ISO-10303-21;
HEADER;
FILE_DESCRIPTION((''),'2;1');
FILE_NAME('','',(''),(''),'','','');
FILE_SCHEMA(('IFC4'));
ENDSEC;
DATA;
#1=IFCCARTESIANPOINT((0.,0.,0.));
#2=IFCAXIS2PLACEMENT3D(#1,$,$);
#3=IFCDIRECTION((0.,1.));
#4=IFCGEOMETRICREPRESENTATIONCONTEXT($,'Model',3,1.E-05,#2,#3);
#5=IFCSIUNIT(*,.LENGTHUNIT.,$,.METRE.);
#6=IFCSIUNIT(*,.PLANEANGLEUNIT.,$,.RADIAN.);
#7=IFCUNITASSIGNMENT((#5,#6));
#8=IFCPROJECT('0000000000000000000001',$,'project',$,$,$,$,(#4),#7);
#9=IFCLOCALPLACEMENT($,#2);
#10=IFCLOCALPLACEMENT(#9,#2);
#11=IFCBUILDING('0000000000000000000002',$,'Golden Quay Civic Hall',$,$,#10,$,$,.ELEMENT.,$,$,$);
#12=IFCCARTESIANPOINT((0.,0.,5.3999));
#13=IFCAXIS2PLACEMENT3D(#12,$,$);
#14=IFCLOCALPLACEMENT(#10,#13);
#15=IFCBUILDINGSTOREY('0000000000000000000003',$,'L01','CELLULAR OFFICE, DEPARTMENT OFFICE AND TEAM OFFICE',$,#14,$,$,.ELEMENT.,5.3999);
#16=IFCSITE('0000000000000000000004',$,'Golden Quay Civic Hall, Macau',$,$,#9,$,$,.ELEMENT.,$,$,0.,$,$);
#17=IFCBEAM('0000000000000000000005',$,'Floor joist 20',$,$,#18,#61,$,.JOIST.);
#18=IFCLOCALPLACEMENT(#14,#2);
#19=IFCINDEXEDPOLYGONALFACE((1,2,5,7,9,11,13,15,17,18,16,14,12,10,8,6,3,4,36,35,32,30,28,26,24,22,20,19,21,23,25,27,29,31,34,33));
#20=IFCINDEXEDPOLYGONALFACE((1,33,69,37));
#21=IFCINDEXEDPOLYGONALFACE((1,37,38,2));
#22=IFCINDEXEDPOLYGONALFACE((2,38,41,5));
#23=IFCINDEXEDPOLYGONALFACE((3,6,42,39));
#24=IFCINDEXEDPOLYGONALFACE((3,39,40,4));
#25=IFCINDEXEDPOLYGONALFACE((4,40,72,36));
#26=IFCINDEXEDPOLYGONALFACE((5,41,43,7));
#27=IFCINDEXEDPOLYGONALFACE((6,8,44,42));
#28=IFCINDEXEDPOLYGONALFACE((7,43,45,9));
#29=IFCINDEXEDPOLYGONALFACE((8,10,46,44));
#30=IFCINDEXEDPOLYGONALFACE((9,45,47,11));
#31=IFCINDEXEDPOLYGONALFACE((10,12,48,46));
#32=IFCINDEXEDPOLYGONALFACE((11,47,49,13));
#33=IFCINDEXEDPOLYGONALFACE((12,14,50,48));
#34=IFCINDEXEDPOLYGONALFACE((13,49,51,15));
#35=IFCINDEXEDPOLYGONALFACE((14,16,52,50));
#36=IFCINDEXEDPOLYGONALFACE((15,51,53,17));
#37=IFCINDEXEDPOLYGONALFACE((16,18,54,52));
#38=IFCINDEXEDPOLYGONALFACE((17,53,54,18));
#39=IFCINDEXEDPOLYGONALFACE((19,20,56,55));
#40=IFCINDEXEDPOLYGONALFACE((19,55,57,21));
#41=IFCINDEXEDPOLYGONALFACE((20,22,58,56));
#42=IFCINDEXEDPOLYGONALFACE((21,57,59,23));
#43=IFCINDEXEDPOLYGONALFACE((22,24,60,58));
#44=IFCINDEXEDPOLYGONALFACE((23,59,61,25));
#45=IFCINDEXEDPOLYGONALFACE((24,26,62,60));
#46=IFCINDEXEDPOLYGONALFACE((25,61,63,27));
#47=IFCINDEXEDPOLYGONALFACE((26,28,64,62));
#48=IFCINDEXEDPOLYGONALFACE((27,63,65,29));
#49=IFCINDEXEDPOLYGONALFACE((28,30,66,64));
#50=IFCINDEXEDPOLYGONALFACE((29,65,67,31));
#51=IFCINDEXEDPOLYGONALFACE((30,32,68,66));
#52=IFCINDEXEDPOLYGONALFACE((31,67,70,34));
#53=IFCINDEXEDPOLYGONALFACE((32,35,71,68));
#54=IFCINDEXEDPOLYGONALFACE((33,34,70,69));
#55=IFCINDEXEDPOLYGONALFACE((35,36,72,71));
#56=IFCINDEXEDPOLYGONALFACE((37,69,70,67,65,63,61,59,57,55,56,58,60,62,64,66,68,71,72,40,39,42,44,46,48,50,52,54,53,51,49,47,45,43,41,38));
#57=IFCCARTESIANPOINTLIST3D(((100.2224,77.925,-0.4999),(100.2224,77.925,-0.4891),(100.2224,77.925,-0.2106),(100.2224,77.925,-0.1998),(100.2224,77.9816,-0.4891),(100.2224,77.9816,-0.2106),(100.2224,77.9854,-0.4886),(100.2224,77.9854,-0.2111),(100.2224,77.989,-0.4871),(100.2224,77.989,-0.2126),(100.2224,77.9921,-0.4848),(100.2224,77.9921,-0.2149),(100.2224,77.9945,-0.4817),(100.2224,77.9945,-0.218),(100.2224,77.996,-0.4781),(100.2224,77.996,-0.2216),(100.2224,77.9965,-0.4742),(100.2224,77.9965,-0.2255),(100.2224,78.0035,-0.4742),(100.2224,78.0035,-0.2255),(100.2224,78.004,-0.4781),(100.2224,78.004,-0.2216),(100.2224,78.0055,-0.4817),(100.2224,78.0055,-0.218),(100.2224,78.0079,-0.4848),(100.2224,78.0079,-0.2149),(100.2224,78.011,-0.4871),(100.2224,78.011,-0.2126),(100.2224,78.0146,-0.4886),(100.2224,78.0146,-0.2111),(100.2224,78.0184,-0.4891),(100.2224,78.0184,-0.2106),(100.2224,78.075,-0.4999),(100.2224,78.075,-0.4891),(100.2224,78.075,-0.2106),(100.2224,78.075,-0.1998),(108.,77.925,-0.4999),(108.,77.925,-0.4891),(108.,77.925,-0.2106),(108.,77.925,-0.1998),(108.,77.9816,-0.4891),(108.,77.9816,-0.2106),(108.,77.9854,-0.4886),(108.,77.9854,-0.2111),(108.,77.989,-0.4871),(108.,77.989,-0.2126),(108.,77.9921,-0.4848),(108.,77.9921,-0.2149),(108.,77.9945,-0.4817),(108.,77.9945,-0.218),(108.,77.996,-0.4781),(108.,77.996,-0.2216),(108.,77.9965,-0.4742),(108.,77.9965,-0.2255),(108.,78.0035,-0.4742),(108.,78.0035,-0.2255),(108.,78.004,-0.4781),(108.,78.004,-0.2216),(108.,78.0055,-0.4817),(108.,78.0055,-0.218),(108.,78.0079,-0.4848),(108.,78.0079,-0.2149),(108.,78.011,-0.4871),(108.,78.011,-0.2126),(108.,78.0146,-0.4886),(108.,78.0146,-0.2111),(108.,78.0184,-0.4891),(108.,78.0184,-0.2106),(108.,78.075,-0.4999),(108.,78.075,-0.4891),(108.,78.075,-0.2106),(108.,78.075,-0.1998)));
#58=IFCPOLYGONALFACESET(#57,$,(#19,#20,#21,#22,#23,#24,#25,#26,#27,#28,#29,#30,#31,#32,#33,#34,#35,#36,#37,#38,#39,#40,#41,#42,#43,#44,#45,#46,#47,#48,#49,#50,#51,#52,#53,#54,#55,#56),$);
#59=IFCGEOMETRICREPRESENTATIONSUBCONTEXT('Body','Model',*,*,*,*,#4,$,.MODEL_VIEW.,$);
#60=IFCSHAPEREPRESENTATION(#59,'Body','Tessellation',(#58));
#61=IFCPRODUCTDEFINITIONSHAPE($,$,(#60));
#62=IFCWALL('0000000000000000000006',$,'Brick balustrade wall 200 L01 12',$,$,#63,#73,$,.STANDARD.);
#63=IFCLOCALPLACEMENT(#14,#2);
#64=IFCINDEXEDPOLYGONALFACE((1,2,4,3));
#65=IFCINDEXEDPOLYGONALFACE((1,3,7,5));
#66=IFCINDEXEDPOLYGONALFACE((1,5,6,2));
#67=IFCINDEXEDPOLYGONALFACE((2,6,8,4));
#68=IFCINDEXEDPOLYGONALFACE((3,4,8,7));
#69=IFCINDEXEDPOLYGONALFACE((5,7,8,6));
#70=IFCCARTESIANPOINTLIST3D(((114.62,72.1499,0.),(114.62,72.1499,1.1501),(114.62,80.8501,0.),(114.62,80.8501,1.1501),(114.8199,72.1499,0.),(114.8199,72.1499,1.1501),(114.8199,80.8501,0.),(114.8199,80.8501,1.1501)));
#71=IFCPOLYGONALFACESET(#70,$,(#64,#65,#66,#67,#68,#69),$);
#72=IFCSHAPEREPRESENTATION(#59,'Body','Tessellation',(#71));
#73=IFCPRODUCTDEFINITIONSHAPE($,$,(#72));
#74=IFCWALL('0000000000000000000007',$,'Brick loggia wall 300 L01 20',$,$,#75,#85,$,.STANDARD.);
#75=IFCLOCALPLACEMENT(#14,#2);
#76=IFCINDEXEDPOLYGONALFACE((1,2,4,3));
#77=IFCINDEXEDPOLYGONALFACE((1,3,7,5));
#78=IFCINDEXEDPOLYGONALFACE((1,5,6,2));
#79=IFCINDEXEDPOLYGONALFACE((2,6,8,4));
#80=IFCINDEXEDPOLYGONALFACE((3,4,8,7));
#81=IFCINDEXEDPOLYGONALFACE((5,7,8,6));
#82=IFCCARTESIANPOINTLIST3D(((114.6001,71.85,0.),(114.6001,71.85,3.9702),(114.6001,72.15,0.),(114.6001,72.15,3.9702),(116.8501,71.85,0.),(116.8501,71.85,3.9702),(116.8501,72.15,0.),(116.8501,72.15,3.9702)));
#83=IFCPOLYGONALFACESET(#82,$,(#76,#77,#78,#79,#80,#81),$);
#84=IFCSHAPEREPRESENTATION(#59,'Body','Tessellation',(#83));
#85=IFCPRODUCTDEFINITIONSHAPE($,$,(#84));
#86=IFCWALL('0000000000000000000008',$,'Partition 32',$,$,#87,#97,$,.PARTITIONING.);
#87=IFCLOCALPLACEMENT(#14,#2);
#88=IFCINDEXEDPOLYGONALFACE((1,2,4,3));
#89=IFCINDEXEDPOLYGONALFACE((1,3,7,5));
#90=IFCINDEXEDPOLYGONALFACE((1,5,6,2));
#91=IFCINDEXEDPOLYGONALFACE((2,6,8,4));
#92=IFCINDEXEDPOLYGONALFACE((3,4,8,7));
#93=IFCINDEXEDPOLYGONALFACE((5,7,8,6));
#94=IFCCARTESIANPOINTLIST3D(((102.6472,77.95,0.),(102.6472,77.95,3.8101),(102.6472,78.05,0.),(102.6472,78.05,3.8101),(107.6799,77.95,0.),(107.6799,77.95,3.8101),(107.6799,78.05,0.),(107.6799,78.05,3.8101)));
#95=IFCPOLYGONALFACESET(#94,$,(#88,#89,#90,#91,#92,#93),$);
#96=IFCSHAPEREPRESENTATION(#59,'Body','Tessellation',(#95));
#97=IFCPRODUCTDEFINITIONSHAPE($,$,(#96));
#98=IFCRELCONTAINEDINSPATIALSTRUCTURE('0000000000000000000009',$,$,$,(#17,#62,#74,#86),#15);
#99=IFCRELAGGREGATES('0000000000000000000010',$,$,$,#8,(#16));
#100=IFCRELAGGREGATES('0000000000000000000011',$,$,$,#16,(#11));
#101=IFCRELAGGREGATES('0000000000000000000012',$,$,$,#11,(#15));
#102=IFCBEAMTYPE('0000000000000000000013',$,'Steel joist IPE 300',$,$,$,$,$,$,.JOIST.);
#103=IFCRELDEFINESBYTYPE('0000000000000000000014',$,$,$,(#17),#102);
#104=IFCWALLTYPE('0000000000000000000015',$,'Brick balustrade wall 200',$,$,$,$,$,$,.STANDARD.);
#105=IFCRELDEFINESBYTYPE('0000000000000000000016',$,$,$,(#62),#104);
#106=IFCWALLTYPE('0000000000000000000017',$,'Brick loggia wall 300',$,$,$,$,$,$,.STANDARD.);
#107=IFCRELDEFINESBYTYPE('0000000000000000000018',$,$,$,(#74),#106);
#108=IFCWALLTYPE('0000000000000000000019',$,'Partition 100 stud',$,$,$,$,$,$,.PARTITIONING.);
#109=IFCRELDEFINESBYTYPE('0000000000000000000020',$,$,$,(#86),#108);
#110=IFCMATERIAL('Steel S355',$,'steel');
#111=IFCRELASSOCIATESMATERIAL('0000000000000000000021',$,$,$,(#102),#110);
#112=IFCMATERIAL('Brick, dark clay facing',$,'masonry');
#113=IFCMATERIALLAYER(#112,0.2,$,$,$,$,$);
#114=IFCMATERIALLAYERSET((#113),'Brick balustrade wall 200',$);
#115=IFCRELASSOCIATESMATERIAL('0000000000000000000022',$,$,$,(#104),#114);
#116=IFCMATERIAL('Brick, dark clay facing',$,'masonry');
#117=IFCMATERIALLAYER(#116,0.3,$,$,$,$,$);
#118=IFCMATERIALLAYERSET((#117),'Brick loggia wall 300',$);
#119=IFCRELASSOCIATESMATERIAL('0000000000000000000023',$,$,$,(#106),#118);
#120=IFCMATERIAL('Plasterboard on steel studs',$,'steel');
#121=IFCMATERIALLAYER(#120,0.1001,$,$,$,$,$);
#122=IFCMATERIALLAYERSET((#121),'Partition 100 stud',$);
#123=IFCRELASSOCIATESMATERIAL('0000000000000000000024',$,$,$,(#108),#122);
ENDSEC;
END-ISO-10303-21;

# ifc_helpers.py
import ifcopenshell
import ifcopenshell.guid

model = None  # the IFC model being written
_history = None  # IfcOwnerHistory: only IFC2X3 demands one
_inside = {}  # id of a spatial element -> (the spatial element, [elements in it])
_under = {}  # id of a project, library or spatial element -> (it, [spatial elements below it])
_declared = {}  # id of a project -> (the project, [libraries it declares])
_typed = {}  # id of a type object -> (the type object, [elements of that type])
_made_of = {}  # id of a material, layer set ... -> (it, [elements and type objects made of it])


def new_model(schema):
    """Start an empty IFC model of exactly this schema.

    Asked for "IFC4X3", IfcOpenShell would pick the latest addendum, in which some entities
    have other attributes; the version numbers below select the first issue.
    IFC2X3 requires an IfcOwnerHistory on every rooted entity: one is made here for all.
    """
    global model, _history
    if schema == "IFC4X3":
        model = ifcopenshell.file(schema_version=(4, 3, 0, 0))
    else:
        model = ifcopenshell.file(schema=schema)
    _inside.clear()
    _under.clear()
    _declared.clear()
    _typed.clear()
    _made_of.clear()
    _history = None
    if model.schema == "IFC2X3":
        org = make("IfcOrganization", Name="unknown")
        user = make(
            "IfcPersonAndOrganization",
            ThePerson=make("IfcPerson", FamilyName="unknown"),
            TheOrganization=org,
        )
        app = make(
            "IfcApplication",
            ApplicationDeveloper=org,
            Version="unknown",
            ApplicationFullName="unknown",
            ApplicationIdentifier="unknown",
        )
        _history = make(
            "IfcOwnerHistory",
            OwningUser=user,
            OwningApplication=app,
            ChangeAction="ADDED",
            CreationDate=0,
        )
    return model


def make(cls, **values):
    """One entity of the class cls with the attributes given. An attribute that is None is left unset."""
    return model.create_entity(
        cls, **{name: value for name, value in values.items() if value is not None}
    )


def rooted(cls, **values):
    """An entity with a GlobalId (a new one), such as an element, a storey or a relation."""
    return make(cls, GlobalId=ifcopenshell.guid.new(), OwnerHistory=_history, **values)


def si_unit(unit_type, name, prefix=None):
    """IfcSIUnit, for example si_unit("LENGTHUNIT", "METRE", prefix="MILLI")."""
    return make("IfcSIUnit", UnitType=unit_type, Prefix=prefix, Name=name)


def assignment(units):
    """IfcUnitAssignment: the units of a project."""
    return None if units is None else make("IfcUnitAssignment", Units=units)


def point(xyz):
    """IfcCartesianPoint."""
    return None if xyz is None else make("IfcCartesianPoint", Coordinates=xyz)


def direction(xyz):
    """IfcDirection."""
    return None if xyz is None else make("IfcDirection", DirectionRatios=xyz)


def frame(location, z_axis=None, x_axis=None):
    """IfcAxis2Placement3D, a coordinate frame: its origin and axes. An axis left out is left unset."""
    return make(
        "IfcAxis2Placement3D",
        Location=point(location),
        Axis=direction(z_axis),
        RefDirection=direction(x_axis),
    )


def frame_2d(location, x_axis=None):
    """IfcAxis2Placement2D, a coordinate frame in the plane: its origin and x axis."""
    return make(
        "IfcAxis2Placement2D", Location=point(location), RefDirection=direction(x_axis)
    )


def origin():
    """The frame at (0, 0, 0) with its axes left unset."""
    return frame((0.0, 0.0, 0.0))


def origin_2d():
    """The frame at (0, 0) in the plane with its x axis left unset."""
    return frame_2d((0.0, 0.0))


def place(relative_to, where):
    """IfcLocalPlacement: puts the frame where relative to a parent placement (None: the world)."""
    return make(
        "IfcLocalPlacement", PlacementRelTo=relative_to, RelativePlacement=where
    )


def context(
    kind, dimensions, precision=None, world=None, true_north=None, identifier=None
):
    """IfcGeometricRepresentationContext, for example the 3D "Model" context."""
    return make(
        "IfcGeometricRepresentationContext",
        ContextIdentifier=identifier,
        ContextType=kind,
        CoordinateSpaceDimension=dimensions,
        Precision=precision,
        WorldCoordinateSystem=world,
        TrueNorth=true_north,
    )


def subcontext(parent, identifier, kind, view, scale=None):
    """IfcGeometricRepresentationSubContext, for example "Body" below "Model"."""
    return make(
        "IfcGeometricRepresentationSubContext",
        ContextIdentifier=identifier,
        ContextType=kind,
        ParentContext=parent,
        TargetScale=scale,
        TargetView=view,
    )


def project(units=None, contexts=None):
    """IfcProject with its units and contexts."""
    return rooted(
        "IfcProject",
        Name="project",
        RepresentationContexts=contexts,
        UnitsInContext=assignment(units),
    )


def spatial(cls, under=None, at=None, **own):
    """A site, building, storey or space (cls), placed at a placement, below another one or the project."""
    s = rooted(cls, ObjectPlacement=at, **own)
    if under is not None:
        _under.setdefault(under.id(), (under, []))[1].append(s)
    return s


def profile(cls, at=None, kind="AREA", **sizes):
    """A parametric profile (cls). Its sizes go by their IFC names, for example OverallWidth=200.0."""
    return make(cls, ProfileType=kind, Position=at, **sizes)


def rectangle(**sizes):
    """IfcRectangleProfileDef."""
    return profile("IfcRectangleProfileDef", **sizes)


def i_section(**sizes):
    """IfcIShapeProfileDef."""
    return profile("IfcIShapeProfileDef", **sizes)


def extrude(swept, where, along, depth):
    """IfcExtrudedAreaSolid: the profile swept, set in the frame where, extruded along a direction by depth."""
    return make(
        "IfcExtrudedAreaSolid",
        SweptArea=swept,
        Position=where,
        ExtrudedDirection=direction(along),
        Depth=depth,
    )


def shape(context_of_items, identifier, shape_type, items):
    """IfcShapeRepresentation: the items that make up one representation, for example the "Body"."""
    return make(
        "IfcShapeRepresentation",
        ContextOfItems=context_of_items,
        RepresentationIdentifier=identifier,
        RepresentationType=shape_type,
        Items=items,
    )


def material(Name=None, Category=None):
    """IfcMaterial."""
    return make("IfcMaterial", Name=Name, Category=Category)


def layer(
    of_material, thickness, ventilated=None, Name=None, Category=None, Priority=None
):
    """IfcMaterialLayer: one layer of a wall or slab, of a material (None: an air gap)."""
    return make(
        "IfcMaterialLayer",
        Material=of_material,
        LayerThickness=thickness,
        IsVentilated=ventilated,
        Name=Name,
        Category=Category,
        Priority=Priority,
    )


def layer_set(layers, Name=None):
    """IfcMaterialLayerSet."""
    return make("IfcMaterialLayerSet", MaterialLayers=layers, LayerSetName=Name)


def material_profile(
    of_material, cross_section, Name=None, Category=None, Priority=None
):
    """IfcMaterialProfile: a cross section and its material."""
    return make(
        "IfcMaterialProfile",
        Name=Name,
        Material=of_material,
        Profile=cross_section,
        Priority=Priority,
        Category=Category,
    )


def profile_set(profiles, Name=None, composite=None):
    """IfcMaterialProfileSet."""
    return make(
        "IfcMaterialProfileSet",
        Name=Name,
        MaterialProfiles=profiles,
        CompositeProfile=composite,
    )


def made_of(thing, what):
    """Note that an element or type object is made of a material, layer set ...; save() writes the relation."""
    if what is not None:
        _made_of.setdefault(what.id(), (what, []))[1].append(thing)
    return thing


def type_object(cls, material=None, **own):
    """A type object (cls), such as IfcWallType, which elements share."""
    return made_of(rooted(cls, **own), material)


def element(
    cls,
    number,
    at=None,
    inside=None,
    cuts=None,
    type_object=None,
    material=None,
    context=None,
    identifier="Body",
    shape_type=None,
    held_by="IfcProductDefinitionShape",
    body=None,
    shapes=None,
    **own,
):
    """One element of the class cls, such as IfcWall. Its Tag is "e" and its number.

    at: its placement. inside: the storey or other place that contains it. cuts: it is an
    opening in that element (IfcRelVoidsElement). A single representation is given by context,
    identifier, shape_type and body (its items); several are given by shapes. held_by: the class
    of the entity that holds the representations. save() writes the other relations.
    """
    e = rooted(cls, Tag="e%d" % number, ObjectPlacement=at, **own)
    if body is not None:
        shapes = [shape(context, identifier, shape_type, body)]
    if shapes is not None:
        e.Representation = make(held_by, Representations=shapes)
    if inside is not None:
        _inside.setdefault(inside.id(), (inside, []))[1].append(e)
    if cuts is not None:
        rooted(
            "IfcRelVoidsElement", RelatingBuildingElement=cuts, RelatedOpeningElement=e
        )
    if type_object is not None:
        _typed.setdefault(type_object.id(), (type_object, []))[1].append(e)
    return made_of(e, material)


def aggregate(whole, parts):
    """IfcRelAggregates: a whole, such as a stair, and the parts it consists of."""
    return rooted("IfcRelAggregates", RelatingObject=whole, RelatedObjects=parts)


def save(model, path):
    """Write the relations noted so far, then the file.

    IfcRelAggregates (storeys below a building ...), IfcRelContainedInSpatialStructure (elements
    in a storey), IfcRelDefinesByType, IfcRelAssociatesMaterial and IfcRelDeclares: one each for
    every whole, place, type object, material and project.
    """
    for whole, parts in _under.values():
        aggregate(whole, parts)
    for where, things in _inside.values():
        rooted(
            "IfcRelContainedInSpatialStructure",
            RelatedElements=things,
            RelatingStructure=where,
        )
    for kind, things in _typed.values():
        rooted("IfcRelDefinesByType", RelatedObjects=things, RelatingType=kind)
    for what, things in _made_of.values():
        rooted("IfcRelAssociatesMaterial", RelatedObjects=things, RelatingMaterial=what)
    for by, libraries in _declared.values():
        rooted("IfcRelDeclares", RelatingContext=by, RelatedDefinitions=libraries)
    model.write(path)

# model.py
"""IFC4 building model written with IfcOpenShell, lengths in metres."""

from ifc_helpers import new_model, si_unit, direction, frame, frame_2d, origin, origin_2d, place, context, subcontext, project, spatial, rectangle, i_section, extrude, material, layer, layer_set, material_profile, profile_set, type_object, element, save


model = new_model("IFC4")

# Units and contexts
model_context = context("Model", 3, precision=1e-05, world=origin(), true_north=direction((0.0, 1.0)))
body_context = subcontext(model_context, "Body", "Model", "MODEL_VIEW")
ifc_project = project(units=[si_unit("LENGTHUNIT", "METRE"), si_unit("PLANEANGLEUNIT", "RADIAN")], contexts=[model_context])

# Site, building, storey
site_placement = place(None, origin())
site = spatial("IfcSite", under=ifc_project, at=site_placement, Name="Golden Quay Civic Hall, Macau", CompositionType="ELEMENT", RefElevation=0.0)
building_placement = place(site_placement, origin())
building = spatial("IfcBuilding", under=site, at=building_placement, Name="Golden Quay Civic Hall", CompositionType="ELEMENT")
storey_placement = place(building_placement, frame((0.0, 0.0, 5.3999)))
storey = spatial("IfcBuildingStorey", under=building, at=storey_placement, Name="L01", Description="CELLULAR OFFICE, DEPARTMENT OFFICE AND TEAM OFFICE", CompositionType="ELEMENT", Elevation=5.3999)

# Beam
ifc_material_1 = material(Name="Steel S355", Category="steel")
ifc_material_profile_1 = material_profile(ifc_material_1, i_section(OverallWidth=0.1499, OverallDepth=0.3, WebThickness=0.0071, FlangeThickness=0.0107, FilletRadius=0.0149, at=origin_2d()), Name="IPE 300")
ifc_profile_set_1 = profile_set([ifc_material_profile_1], Name="Steel S355")
beam_type_1 = type_object("IfcBeamType", Name="Steel joist IPE 300", PredefinedType="JOIST", material=ifc_profile_set_1)
beam_1_placement = place(storey_placement, frame((108.0, 78.0, -0.3499), z_axis=(-1.0, 0.0, 0.0), x_axis=(0.0, -1.0, 0.0)))
element("IfcBeam", 1, at=beam_1_placement, inside=storey, type_object=beam_type_1, Name="Floor joist 20", PredefinedType="JOIST", context=body_context, shape_type="SweptSolid", body=[
    extrude(i_section(OverallWidth=0.1499, OverallDepth=0.3, WebThickness=0.0071, FlangeThickness=0.0107, FilletRadius=0.0149, at=origin_2d()), origin(), (0.0, 0.0, 1.0), 7.7776),
])

# Walls
ifc_material_2 = material(Name="Brick, dark clay facing", Category="masonry")
ifc_layer_1 = layer(ifc_material_2, 0.2)
ifc_layer_set_1 = layer_set([ifc_layer_1], Name="Brick balustrade wall 200")
wall_type_1 = type_object("IfcWallType", Name="Brick balustrade wall 200", PredefinedType="STANDARD", material=ifc_layer_set_1)
wall_1_placement = place(storey_placement, frame((114.72, 72.1499, 0.0), z_axis=(0.0, 0.0, 1.0), x_axis=(0.0, 1.0, 0.0)))
element("IfcWall", 2, at=wall_1_placement, inside=storey, type_object=wall_type_1, Name="Brick balustrade wall 200 L01 12", PredefinedType="STANDARD", context=body_context, shape_type="SweptSolid", body=[
    extrude(rectangle(XDim=8.7002, YDim=0.2, at=frame_2d((4.3501, 0.0))), origin(), (0.0, 0.0, 1.0), 1.1501),
])
ifc_material_3 = material(Name="Brick, dark clay facing", Category="masonry")
ifc_layer_2 = layer(ifc_material_3, 0.3)
ifc_layer_set_2 = layer_set([ifc_layer_2], Name="Brick loggia wall 300")
wall_type_2 = type_object("IfcWallType", Name="Brick loggia wall 300", PredefinedType="STANDARD", material=ifc_layer_set_2)
wall_2_placement = place(storey_placement, frame((116.8501, 72.0, 0.0), z_axis=(0.0, 0.0, 1.0), x_axis=(-1.0, 0.0, 0.0)))
element("IfcWall", 3, at=wall_2_placement, inside=storey, type_object=wall_type_2, Name="Brick loggia wall 300 L01 20", PredefinedType="STANDARD", context=body_context, shape_type="SweptSolid", body=[
    extrude(rectangle(XDim=2.25, YDim=0.3, at=frame_2d((1.125, 0.0))), origin(), (0.0, 0.0, 1.0), 3.9702),
])
ifc_material_4 = material(Name="Plasterboard on steel studs", Category="steel")
ifc_layer_3 = layer(ifc_material_4, 0.1001)
ifc_layer_set_3 = layer_set([ifc_layer_3], Name="Partition 100 stud")
wall_type_3 = type_object("IfcWallType", Name="Partition 100 stud", PredefinedType="PARTITIONING", material=ifc_layer_set_3)
wall_3_placement = place(storey_placement, frame((107.6799, 78.0, 0.0), z_axis=(0.0, 0.0, 1.0), x_axis=(-1.0, 0.0, 0.0)))
element("IfcWall", 4, at=wall_3_placement, inside=storey, type_object=wall_type_3, Name="Partition 32", PredefinedType="PARTITIONING", context=body_context, shape_type="SweptSolid", body=[
    extrude(rectangle(XDim=5.0327, YDim=0.1001, at=frame_2d((2.5164, 0.0))), origin(), (0.0, 0.0, 1.0), 3.8101),
])

save(model, "model.ifc")
